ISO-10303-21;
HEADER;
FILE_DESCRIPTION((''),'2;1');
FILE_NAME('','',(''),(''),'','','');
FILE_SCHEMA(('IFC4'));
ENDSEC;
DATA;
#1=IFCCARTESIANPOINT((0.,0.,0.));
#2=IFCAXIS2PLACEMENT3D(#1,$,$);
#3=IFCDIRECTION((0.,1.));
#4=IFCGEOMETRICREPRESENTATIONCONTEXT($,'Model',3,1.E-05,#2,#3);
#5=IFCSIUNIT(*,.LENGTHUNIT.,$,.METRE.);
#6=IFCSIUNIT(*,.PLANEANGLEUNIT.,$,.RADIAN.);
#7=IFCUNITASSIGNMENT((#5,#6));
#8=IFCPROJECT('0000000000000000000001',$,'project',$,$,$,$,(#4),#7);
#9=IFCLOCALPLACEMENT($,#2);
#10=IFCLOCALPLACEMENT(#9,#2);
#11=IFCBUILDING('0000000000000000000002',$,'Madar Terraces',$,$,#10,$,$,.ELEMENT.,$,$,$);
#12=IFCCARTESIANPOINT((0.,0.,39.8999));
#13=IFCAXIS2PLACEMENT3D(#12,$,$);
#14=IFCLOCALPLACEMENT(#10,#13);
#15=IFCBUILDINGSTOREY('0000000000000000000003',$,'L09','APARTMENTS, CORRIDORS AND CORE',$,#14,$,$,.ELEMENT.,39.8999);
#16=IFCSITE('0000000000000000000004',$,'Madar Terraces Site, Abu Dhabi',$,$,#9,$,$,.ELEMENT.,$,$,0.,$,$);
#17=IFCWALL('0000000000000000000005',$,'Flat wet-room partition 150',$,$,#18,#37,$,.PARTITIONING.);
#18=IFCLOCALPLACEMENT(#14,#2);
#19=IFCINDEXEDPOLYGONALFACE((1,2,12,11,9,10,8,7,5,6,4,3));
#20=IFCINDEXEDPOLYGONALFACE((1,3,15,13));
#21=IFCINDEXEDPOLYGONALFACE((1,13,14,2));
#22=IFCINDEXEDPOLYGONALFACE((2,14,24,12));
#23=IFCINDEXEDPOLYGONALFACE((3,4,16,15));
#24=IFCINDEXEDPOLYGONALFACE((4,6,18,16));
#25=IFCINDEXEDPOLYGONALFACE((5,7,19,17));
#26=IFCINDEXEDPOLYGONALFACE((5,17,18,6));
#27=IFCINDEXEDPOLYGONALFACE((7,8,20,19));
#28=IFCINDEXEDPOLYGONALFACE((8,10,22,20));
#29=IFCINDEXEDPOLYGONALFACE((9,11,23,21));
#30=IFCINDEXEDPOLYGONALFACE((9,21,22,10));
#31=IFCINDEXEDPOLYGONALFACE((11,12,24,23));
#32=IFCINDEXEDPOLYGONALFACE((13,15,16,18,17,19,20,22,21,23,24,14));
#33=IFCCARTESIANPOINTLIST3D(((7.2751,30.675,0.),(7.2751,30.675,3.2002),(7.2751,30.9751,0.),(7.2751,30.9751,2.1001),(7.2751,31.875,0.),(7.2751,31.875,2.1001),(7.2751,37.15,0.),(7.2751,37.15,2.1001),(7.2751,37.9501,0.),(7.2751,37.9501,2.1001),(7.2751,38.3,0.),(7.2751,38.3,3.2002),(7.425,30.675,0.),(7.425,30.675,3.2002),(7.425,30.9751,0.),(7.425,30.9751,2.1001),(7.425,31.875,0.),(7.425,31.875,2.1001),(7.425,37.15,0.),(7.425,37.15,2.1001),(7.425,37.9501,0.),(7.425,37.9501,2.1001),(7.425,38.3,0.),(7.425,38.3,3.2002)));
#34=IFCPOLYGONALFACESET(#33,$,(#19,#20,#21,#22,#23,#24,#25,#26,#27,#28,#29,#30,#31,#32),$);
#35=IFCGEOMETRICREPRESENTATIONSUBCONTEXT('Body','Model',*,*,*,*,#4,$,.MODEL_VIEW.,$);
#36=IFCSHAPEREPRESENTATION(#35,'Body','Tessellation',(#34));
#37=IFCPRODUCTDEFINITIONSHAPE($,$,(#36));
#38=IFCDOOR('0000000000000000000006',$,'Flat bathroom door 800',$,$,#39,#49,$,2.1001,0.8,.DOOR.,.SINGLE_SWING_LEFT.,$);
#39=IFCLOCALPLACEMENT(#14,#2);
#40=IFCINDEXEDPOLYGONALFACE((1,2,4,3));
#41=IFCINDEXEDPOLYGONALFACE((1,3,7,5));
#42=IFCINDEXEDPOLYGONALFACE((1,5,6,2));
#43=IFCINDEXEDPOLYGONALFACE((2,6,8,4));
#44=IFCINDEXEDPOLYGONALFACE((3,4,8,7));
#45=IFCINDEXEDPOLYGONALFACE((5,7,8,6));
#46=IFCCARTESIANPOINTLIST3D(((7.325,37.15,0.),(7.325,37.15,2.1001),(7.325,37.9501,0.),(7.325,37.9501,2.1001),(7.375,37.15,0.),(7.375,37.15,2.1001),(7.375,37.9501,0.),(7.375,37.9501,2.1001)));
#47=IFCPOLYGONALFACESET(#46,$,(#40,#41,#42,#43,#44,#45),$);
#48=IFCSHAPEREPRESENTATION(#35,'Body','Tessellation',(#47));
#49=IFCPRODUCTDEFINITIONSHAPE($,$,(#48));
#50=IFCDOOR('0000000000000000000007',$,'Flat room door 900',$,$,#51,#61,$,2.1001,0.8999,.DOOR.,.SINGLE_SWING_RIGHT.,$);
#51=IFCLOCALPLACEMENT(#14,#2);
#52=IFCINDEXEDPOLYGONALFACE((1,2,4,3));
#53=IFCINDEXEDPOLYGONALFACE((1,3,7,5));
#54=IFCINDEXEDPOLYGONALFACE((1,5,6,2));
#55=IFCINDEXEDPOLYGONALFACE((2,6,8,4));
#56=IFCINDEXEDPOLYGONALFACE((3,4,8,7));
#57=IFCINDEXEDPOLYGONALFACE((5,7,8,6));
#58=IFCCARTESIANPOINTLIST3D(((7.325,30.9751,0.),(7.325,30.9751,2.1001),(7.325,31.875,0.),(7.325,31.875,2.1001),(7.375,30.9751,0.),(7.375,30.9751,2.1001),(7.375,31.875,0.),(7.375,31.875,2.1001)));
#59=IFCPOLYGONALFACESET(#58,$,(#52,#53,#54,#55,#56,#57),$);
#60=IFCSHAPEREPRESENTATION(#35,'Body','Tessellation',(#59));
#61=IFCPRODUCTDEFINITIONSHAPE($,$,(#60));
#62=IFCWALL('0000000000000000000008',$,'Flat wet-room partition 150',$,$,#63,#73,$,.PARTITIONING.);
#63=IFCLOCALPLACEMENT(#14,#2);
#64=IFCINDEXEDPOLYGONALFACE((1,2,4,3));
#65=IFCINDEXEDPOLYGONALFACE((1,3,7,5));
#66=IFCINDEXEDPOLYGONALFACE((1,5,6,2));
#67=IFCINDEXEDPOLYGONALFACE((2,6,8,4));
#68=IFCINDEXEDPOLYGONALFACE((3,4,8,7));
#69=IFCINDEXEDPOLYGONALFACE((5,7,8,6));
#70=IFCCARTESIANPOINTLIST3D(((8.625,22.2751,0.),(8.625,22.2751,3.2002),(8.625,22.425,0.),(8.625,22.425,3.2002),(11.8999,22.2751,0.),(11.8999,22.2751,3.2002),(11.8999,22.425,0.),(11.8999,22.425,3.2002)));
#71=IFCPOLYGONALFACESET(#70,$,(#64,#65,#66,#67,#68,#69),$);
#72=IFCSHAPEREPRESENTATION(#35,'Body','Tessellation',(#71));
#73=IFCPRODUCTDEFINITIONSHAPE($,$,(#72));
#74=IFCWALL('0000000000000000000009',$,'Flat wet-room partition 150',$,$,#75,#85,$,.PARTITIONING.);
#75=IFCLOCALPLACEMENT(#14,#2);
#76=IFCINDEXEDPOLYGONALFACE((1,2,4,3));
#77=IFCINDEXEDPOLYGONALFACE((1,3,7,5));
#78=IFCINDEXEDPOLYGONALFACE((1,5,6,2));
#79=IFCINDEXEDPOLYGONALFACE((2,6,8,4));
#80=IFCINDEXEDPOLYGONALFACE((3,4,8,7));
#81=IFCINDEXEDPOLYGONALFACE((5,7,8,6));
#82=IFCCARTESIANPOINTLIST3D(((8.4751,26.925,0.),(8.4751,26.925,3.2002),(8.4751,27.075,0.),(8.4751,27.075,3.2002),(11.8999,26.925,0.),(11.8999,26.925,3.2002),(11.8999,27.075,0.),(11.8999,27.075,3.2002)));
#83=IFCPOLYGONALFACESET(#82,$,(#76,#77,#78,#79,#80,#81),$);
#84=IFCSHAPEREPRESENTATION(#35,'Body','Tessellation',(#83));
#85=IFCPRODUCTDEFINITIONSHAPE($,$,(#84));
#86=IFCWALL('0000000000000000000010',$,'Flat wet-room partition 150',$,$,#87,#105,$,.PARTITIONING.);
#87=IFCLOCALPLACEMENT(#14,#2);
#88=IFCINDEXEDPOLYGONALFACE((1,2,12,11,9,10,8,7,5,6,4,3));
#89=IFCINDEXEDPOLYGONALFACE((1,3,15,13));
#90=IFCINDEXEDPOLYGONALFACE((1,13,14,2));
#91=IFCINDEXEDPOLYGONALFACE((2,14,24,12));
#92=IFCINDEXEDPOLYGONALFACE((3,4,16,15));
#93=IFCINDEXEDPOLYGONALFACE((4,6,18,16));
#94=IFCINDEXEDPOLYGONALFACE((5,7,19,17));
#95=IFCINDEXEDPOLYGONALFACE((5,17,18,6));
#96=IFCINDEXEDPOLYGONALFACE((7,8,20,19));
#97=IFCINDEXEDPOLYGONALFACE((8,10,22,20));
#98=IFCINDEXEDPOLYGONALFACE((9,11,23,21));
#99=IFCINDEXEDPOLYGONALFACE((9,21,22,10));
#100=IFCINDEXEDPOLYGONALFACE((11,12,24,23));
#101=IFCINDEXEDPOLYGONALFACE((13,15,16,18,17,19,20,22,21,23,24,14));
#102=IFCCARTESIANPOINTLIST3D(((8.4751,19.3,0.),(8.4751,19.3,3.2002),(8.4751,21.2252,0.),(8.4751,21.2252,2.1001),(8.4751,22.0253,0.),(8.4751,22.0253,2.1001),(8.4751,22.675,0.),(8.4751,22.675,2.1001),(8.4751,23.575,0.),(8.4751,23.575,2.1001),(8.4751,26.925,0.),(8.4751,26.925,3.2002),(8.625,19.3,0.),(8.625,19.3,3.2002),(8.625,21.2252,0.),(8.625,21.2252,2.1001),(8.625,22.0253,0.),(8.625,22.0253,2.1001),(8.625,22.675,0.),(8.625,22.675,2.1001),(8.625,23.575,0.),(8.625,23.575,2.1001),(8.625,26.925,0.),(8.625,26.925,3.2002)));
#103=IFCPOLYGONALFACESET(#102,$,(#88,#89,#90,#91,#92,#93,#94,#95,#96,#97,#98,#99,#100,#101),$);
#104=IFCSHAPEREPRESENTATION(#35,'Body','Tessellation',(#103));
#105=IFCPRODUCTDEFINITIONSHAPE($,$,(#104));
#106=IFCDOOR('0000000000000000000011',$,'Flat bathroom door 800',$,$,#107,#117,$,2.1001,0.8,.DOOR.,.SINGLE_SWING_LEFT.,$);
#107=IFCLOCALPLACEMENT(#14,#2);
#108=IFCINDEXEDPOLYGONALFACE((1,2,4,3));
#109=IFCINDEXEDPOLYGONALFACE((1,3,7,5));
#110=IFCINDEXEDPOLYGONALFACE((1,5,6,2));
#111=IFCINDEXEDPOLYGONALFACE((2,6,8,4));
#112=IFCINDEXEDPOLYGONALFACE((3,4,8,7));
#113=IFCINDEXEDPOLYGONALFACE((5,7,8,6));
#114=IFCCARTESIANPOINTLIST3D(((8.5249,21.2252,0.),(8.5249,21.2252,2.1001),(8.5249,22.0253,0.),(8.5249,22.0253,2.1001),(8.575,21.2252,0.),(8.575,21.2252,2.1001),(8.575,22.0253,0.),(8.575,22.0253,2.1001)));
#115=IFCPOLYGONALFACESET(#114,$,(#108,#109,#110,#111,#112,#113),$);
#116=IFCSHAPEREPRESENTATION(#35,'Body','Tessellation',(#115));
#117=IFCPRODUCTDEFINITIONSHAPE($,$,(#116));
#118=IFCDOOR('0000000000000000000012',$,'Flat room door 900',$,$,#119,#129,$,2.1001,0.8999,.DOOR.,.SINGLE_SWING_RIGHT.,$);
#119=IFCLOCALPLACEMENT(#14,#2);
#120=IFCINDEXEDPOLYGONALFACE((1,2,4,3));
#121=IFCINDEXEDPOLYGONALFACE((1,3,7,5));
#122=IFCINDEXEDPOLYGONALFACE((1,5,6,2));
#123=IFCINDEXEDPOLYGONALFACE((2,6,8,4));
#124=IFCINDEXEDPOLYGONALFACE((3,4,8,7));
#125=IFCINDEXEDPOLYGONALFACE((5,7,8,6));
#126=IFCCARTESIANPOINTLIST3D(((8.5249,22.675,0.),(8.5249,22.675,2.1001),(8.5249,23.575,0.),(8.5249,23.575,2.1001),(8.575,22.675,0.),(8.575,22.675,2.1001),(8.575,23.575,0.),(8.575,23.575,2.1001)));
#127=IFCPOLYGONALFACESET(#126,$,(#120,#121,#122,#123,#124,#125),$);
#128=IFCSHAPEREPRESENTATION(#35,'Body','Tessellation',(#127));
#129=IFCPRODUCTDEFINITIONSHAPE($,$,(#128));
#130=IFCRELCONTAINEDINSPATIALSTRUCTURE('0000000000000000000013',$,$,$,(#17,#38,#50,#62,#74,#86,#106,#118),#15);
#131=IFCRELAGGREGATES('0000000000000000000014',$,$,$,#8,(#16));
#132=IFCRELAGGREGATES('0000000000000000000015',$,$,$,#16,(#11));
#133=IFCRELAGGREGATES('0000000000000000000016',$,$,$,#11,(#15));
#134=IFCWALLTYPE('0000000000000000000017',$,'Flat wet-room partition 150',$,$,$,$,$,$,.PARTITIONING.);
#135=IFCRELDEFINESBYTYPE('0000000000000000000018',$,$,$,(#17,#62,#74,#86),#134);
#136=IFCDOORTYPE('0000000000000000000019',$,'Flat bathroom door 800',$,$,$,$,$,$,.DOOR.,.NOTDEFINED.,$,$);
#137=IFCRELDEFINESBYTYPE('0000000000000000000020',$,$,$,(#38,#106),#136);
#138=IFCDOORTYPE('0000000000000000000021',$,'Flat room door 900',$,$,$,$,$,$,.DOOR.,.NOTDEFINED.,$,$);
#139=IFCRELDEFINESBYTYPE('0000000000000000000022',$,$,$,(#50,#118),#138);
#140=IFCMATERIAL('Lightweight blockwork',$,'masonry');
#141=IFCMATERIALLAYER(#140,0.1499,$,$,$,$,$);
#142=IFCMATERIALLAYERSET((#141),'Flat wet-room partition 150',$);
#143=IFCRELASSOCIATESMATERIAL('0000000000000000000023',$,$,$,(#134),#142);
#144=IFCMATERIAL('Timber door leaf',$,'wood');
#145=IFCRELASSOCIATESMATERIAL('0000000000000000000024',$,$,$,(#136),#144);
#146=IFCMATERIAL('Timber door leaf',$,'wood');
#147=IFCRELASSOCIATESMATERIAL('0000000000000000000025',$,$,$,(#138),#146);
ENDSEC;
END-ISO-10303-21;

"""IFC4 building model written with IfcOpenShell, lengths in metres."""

from ifc_helpers import new_model, si_unit, direction, frame, frame_2d, origin, place, context, subcontext, project, spatial, rectangle, extrude, material, layer, layer_set, type_object, element, fill, save


model = new_model("IFC4")

# Units and contexts
model_context = context("Model", 3, precision=1e-05, world=origin(), true_north=direction((0.0, 1.0)))
body_context = subcontext(model_context, "Body", "Model", "MODEL_VIEW")
ifc_project = project(units=[si_unit("LENGTHUNIT", "METRE"), si_unit("PLANEANGLEUNIT", "RADIAN")], contexts=[model_context])

# Site, building, storey
site_placement = place(None, origin())
site = spatial("IfcSite", under=ifc_project, at=site_placement, Name="Madar Terraces Site, Abu Dhabi", CompositionType="ELEMENT", RefElevation=0.0)
building_placement = place(site_placement, origin())
building = spatial("IfcBuilding", under=site, at=building_placement, Name="Madar Terraces", CompositionType="ELEMENT")
storey_placement = place(building_placement, frame((0.0, 0.0, 39.8999)))
storey = spatial("IfcBuildingStorey", under=building, at=storey_placement, Name="L09", Description="APARTMENTS, CORRIDORS AND CORE", CompositionType="ELEMENT", Elevation=39.8999)

# Shared definitions
ifc_material_1 = material(Name="Lightweight blockwork", Category="masonry")
ifc_layer_1 = layer(ifc_material_1, 0.1499)
ifc_layer_set_1 = layer_set([ifc_layer_1], Name="Flat wet-room partition 150")
wall_type_1 = type_object("IfcWallType", Name="Flat wet-room partition 150", PredefinedType="PARTITIONING", material=ifc_layer_set_1)

# Wall, openings, doors
wall_1_placement = place(storey_placement, frame((7.3501, 38.3, 0.0), z_axis=(0.0, 0.0, 1.0), x_axis=(0.0, -1.0, 0.0)))
wall_1 = element("IfcWall", 1, at=wall_1_placement, inside=storey, type_object=wall_type_1, Name="Flat wet-room partition 150", PredefinedType="PARTITIONING", context=body_context, shape_type="SweptSolid", body=[
    extrude(rectangle(XDim=7.625, YDim=0.1499, at=frame_2d((3.8125, 0.0))), origin(), (0.0, 0.0, 1.0), 3.2002),
])
opening_1_placement = place(wall_1_placement, frame((6.425, 0.0, 0.0)))
opening_1 = element("IfcOpeningElement", 2, at=opening_1_placement, cuts=wall_1, PredefinedType="OPENING", context=body_context, shape_type="SweptSolid", body=[
    extrude(rectangle(XDim=0.8999, YDim=2.1001, at=frame_2d((0.45, 1.05))), frame((0.0, 0.085, 0.0), z_axis=(0.0, -1.0, 0.0), x_axis=(1.0, 0.0, 0.0)), (0.0, 0.0, 1.0), 0.1699),
])
opening_2_placement = place(wall_1_placement, frame((0.3501, 0.0, 0.0)))
opening_2 = element("IfcOpeningElement", 3, at=opening_2_placement, cuts=wall_1, PredefinedType="OPENING", context=body_context, shape_type="SweptSolid", body=[
    extrude(rectangle(XDim=0.8, YDim=2.1001, at=frame_2d((0.3999, 1.05))), frame((0.0, 0.085, 0.0), z_axis=(0.0, -1.0, 0.0), x_axis=(1.0, 0.0, 0.0)), (0.0, 0.0, 1.0), 0.1699),
])
ifc_material_2 = material(Name="Timber door leaf", Category="wood")
door_type_1 = type_object("IfcDoorType", Name="Flat bathroom door 800", OperationType="NOTDEFINED", PredefinedType="DOOR", material=ifc_material_2)
door_1_placement = place(opening_2_placement, origin())
door_1 = element("IfcDoor", 4, at=door_1_placement, inside=storey, type_object=door_type_1, Name="Flat bathroom door 800", OperationType="SINGLE_SWING_LEFT", OverallHeight=2.1001, OverallWidth=0.8, PredefinedType="DOOR", context=body_context, shape_type="SweptSolid", body=[
    extrude(rectangle(XDim=0.8, YDim=2.1001, at=frame_2d((0.3999, 1.05))), frame((0.0, 0.0249, 0.0), z_axis=(0.0, -1.0, 0.0), x_axis=(1.0, 0.0, 0.0)), (0.0, 0.0, 1.0), 0.05),
])
fill(opening_2, door_1)
ifc_material_3 = material(Name="Timber door leaf", Category="wood")
door_type_2 = type_object("IfcDoorType", Name="Flat room door 900", OperationType="NOTDEFINED", PredefinedType="DOOR", material=ifc_material_3)
door_2_placement = place(opening_1_placement, origin())
door_2 = element("IfcDoor", 5, at=door_2_placement, inside=storey, type_object=door_type_2, Name="Flat room door 900", OperationType="SINGLE_SWING_RIGHT", OverallHeight=2.1001, OverallWidth=0.8999, PredefinedType="DOOR", context=body_context, shape_type="SweptSolid", body=[
    extrude(rectangle(XDim=0.8999, YDim=2.1001, at=frame_2d((0.45, 1.05))), frame((0.0, 0.0249, 0.0), z_axis=(0.0, -1.0, 0.0), x_axis=(1.0, 0.0, 0.0)), (0.0, 0.0, 1.0), 0.05),
])
fill(opening_1, door_2)

# Walls
wall_2_placement = place(storey_placement, frame((11.8999, 22.3501, 0.0), z_axis=(0.0, 0.0, 1.0), x_axis=(-1.0, 0.0, 0.0)))
element("IfcWall", 6, at=wall_2_placement, inside=storey, type_object=wall_type_1, Name="Flat wet-room partition 150", PredefinedType="PARTITIONING", context=body_context, shape_type="SweptSolid", body=[
    extrude(rectangle(XDim=3.2749, YDim=0.1499, at=frame_2d((1.6375, 0.0))), origin(), (0.0, 0.0, 1.0), 3.2002),
])
wall_3_placement = place(storey_placement, frame((11.8999, 27.0, 0.0), z_axis=(0.0, 0.0, 1.0), x_axis=(-1.0, 0.0, 0.0)))
element("IfcWall", 7, at=wall_3_placement, inside=storey, type_object=wall_type_1, Name="Flat wet-room partition 150", PredefinedType="PARTITIONING", context=body_context, shape_type="SweptSolid", body=[
    extrude(rectangle(XDim=3.4248, YDim=0.1499, at=frame_2d((1.7124, 0.0))), origin(), (0.0, 0.0, 1.0), 3.2002),
])

# Wall, openings, doors
wall_4_placement = place(storey_placement, frame((8.55, 26.925, 0.0), z_axis=(0.0, 0.0, 1.0), x_axis=(0.0, -1.0, 0.0)))
wall_4 = element("IfcWall", 8, at=wall_4_placement, inside=storey, type_object=wall_type_1, Name="Flat wet-room partition 150", PredefinedType="PARTITIONING", context=body_context, shape_type="SweptSolid", body=[
    extrude(rectangle(XDim=7.625, YDim=0.1499, at=frame_2d((3.8125, 0.0))), origin(), (0.0, 0.0, 1.0), 3.2002),
])
opening_3_placement = place(wall_4_placement, frame((3.3501, 0.0, 0.0)))
opening_3 = element("IfcOpeningElement", 9, at=opening_3_placement, cuts=wall_4, PredefinedType="OPENING", context=body_context, shape_type="SweptSolid", body=[
    extrude(rectangle(XDim=0.8999, YDim=2.1001, at=frame_2d((0.45, 1.05))), frame((0.0, 0.085, 0.0), z_axis=(0.0, -1.0, 0.0), x_axis=(1.0, 0.0, 0.0)), (0.0, 0.0, 1.0), 0.1699),
])
opening_4_placement = place(wall_4_placement, frame((4.8999, 0.0, 0.0)))
opening_4 = element("IfcOpeningElement", 10, at=opening_4_placement, cuts=wall_4, PredefinedType="OPENING", context=body_context, shape_type="SweptSolid", body=[
    extrude(rectangle(XDim=0.8, YDim=2.1001, at=frame_2d((0.3999, 1.05))), frame((0.0, 0.085, 0.0), z_axis=(0.0, -1.0, 0.0), x_axis=(1.0, 0.0, 0.0)), (0.0, 0.0, 1.0), 0.1699),
])
door_3_placement = place(opening_4_placement, origin())
door_3 = element("IfcDoor", 11, at=door_3_placement, inside=storey, type_object=door_type_1, Name="Flat bathroom door 800", OperationType="SINGLE_SWING_LEFT", OverallHeight=2.1001, OverallWidth=0.8, PredefinedType="DOOR", context=body_context, shape_type="SweptSolid", body=[
    extrude(rectangle(XDim=0.8, YDim=2.1001, at=frame_2d((0.3999, 1.05))), frame((0.0, 0.0249, 0.0), z_axis=(0.0, -1.0, 0.0), x_axis=(1.0, 0.0, 0.0)), (0.0, 0.0, 1.0), 0.05),
])
fill(opening_4, door_3)
door_4_placement = place(opening_3_placement, origin())
door_4 = element("IfcDoor", 12, at=door_4_placement, inside=storey, type_object=door_type_2, Name="Flat room door 900", OperationType="SINGLE_SWING_RIGHT", OverallHeight=2.1001, OverallWidth=0.8999, PredefinedType="DOOR", context=body_context, shape_type="SweptSolid", body=[
    extrude(rectangle(XDim=0.8999, YDim=2.1001, at=frame_2d((0.45, 1.05))), frame((0.0, 0.0249, 0.0), z_axis=(0.0, -1.0, 0.0), x_axis=(1.0, 0.0, 0.0)), (0.0, 0.0, 1.0), 0.05),
])
fill(opening_3, door_4)

save(model, "model.ifc")
